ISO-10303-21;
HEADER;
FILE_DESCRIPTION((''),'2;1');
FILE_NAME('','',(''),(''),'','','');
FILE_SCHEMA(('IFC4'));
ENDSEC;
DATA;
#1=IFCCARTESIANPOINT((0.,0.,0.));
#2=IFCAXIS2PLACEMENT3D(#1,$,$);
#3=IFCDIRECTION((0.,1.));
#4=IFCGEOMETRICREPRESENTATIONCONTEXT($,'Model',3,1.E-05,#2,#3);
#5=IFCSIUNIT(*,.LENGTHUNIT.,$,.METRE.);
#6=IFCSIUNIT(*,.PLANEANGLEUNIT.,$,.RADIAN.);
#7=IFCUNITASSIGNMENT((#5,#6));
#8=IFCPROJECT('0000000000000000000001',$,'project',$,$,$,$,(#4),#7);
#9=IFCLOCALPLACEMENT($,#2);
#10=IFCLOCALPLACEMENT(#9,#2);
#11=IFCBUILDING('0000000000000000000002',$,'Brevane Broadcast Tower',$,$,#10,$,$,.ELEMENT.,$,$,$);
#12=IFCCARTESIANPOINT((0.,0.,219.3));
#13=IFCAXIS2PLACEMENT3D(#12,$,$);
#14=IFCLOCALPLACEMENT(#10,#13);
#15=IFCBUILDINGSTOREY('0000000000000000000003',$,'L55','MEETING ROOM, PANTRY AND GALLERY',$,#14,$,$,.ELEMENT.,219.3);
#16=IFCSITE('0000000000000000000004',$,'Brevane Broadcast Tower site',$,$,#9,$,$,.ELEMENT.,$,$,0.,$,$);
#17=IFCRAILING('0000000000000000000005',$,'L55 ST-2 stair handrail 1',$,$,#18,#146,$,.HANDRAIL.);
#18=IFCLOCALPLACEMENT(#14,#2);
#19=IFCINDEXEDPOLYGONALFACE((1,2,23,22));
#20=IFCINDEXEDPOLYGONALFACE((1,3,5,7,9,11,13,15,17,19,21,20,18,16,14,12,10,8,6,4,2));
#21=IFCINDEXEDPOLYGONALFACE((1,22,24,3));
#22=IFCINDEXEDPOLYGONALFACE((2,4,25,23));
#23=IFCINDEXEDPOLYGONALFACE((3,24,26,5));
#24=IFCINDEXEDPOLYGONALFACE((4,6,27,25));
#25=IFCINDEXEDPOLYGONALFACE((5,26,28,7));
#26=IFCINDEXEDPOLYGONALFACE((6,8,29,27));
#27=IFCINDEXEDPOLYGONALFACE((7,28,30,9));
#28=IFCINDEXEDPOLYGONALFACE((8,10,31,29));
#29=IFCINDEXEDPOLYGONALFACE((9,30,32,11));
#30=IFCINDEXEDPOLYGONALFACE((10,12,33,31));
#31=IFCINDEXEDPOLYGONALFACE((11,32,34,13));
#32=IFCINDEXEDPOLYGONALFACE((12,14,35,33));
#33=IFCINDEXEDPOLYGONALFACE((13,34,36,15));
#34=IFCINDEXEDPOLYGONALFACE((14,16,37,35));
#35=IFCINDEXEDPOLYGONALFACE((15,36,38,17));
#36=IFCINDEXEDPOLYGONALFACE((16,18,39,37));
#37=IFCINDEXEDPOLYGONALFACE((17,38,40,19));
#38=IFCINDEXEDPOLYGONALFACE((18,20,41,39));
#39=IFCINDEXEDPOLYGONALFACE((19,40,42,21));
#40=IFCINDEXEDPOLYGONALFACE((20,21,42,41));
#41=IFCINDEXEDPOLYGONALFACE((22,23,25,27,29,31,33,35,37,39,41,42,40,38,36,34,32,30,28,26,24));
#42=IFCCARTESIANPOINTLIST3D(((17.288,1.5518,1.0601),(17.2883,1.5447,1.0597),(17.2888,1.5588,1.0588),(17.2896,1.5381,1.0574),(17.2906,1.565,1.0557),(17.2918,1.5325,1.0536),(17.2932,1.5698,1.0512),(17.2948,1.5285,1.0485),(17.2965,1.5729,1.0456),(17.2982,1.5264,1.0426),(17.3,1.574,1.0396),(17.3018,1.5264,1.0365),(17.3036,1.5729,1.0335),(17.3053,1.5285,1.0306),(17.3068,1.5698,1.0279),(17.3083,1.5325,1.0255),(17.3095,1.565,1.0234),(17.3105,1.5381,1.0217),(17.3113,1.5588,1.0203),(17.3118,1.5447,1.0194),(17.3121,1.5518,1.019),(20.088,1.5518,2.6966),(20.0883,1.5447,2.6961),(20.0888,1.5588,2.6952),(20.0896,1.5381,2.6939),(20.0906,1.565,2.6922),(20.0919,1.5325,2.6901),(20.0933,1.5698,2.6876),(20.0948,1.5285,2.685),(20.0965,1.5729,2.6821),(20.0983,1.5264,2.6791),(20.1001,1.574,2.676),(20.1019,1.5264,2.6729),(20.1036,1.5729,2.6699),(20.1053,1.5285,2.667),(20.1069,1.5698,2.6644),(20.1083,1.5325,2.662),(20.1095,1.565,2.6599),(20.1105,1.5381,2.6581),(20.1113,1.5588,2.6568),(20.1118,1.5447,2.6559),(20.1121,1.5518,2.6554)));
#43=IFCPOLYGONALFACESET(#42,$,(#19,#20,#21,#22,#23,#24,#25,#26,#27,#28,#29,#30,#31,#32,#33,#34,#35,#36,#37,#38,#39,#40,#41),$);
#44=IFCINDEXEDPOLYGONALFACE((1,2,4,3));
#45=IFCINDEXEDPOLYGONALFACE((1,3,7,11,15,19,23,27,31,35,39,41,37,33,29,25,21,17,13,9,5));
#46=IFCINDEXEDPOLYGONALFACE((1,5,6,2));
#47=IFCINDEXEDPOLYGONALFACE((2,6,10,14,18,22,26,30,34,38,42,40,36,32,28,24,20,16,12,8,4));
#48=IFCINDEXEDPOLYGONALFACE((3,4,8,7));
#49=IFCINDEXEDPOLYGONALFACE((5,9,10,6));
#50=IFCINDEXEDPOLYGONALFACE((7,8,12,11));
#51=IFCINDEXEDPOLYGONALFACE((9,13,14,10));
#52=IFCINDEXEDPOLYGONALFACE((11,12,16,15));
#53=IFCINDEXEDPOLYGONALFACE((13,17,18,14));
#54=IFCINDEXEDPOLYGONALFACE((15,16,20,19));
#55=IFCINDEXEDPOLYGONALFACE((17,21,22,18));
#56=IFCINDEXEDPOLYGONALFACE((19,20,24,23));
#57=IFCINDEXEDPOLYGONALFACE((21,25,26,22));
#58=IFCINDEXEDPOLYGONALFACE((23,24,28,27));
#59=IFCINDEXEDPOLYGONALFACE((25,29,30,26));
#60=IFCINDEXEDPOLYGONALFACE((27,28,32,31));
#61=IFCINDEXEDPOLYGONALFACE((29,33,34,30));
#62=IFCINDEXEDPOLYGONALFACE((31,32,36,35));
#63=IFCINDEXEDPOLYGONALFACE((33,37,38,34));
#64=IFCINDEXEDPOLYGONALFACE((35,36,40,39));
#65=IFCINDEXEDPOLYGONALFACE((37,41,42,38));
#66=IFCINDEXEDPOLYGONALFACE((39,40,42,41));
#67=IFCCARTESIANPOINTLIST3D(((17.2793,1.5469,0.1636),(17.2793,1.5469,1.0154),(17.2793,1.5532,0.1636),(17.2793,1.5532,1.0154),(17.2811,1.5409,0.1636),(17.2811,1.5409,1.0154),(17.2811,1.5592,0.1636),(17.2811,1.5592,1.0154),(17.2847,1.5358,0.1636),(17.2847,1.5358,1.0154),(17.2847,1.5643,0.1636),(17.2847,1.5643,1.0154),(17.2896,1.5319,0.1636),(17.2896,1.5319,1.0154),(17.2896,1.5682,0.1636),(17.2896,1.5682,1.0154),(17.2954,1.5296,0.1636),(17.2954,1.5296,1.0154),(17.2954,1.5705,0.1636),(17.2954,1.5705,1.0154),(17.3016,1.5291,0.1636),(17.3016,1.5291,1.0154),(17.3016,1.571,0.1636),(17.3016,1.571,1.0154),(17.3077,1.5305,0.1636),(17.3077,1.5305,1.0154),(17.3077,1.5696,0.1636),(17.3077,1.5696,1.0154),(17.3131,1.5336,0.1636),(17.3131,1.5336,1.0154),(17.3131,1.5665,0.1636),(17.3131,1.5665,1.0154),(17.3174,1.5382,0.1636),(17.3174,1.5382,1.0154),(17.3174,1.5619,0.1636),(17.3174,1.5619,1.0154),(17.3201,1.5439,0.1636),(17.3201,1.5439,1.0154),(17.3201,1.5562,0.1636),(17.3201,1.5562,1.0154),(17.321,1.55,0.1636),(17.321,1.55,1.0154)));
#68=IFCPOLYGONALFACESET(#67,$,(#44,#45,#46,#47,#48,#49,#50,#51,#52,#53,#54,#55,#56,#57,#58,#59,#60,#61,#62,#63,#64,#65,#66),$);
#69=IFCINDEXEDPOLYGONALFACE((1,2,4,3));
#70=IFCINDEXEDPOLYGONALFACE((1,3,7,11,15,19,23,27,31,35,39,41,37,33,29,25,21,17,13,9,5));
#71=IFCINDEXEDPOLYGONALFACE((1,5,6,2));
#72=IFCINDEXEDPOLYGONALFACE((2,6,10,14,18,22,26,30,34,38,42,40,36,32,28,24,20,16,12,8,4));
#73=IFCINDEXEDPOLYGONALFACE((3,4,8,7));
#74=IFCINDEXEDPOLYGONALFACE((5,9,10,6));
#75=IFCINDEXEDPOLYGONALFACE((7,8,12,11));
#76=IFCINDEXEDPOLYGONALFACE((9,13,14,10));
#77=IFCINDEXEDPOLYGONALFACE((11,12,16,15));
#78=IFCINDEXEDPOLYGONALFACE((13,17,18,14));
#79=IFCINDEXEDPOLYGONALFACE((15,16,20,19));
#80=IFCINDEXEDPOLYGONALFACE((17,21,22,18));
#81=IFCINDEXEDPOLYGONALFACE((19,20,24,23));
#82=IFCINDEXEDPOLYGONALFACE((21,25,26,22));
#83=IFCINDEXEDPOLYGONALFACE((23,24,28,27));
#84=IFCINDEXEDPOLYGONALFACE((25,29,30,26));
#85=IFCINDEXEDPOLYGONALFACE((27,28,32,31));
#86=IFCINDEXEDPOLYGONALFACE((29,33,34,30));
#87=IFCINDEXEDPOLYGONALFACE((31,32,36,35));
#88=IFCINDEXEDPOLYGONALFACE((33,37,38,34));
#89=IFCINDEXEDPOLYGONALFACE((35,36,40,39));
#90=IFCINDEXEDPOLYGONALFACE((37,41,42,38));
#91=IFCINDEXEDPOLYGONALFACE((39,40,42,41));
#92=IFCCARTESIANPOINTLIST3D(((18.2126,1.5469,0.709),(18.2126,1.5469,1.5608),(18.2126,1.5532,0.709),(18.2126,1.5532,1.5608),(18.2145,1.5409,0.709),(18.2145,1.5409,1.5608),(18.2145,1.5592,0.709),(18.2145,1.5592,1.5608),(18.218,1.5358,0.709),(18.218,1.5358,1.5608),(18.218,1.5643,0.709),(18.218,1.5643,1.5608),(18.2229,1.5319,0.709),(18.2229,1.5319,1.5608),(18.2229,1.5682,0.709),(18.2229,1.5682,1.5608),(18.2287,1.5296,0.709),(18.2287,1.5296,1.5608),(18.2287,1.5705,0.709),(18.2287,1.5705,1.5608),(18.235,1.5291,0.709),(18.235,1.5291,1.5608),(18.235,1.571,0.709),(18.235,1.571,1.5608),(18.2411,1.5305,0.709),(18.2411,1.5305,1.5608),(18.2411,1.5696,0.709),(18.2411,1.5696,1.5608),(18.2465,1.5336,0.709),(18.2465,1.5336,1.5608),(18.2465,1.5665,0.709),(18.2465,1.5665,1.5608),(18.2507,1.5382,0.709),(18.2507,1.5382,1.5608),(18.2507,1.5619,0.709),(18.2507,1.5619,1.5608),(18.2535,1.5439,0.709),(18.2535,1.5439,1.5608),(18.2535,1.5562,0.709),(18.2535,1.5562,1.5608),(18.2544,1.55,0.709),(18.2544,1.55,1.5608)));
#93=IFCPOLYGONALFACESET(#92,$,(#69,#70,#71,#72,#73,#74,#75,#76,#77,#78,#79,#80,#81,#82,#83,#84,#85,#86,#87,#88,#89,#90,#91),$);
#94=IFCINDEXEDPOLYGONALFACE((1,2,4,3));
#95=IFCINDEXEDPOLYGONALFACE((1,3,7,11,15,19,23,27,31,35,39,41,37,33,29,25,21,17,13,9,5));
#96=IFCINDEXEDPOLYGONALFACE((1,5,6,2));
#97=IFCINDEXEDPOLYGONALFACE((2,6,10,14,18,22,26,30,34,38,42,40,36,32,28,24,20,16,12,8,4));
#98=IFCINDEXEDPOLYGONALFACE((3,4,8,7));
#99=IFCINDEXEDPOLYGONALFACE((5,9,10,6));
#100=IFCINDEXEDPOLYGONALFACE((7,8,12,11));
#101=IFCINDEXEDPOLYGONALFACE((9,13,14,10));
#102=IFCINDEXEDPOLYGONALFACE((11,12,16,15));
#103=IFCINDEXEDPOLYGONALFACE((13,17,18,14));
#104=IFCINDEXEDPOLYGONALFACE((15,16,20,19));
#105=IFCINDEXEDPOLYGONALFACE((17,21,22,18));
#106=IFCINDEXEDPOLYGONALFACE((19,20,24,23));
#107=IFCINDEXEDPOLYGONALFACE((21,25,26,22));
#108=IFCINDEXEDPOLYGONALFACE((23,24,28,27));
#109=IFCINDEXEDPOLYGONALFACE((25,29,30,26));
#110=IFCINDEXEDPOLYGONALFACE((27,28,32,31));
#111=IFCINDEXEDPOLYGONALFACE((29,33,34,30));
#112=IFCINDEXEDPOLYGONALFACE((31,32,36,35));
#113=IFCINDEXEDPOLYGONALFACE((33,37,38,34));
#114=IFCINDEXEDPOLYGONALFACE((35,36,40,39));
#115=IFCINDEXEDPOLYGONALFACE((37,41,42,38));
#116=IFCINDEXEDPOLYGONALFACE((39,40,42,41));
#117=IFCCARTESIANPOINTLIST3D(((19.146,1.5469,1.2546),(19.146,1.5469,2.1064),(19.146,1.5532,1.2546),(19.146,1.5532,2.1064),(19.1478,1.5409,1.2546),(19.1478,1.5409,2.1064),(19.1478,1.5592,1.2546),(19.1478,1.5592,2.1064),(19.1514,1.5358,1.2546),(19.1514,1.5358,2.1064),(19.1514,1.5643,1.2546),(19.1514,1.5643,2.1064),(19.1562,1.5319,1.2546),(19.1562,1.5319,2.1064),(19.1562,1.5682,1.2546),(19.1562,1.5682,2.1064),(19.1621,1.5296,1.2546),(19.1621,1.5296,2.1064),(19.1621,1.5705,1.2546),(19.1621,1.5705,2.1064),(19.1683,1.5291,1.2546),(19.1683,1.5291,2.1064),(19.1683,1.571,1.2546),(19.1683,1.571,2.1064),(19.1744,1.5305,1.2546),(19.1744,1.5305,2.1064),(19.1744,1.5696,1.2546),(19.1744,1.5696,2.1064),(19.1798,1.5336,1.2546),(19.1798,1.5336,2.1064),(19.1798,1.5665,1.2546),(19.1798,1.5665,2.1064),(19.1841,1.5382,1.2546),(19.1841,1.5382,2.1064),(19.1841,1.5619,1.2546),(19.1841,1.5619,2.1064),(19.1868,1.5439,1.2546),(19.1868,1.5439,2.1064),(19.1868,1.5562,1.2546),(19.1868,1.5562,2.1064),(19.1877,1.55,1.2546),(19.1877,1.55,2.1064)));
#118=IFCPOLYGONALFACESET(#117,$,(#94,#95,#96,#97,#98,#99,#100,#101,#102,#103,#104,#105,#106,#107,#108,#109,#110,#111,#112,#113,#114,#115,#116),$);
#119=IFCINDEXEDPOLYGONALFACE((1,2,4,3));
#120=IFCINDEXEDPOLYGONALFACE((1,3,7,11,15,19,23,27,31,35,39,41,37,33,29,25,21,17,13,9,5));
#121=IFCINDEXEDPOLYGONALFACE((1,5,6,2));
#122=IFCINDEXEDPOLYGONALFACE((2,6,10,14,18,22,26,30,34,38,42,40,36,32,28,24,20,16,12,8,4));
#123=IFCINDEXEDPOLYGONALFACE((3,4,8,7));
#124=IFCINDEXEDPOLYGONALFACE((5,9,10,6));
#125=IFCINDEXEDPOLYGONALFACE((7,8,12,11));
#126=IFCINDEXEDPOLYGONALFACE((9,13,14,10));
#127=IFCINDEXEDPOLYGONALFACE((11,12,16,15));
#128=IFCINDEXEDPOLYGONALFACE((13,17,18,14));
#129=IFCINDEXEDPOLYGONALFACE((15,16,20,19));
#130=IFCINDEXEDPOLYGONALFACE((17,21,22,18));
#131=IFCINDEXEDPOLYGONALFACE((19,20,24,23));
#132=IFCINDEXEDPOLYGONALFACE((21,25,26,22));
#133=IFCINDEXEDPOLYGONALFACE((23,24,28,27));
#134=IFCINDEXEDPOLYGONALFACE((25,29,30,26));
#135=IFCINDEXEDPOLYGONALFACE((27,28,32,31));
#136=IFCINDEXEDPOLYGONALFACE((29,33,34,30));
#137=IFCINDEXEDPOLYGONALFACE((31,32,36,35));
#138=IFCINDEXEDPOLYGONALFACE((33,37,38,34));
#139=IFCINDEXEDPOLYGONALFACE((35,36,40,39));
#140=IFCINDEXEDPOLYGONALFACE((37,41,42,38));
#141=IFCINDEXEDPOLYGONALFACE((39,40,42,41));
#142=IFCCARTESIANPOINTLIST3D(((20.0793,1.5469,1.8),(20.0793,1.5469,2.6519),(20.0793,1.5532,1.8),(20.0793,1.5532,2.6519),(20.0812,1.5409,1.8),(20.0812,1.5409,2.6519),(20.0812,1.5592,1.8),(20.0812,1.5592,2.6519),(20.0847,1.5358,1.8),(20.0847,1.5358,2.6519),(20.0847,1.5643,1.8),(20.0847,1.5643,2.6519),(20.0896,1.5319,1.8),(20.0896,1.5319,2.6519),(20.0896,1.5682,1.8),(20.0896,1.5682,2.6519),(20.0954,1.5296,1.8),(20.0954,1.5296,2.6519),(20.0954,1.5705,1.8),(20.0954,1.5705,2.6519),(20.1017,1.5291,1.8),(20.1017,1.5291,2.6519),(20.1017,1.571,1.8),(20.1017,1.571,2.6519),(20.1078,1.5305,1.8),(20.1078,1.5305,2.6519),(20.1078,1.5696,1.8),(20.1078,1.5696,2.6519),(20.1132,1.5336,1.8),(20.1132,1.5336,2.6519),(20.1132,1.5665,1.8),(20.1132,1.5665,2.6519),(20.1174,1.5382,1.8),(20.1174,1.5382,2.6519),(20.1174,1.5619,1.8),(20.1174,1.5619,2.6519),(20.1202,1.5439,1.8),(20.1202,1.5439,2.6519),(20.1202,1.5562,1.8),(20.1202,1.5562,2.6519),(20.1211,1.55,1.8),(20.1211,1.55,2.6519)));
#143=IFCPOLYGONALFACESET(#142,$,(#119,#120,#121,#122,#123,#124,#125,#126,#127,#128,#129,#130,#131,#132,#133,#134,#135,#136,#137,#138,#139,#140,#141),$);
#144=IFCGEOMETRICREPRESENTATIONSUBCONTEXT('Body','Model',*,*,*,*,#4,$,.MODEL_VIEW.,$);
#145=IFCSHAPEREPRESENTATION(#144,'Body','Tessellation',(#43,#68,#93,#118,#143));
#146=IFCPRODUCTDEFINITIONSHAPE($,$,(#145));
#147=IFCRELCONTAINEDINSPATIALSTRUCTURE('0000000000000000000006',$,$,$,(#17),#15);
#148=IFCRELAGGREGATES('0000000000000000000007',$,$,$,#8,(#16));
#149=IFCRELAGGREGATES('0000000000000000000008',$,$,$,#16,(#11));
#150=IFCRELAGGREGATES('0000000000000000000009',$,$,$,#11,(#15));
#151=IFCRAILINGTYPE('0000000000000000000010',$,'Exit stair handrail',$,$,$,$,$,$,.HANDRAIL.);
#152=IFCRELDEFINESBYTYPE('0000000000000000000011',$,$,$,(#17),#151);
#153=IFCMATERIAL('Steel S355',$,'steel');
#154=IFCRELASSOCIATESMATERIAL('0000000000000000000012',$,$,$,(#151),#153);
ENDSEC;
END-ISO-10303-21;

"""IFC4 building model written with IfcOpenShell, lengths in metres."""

from ifc_helpers import new_model, si_unit, direction, frame, origin, origin_2d, place, context, subcontext, project, spatial, circle, extrude, material, type_object, element, save


model = new_model("IFC4")

# Units and contexts
model_context = context("Model", 3, precision=1e-05, world=origin(), true_north=direction((0.0, 1.0)))
body_context = subcontext(model_context, "Body", "Model", "MODEL_VIEW")
ifc_project = project(units=[si_unit("LENGTHUNIT", "METRE"), si_unit("PLANEANGLEUNIT", "RADIAN")], contexts=[model_context])

# Site, building, storey
site_placement = place(None, origin())
site = spatial("IfcSite", under=ifc_project, at=site_placement, Name="Brevane Broadcast Tower site", CompositionType="ELEMENT", RefElevation=0.0)
building_placement = place(site_placement, origin())
building = spatial("IfcBuilding", under=site, at=building_placement, Name="Brevane Broadcast Tower", CompositionType="ELEMENT")
storey_placement = place(building_placement, frame((0.0, 0.0, 219.3)))
storey = spatial("IfcBuildingStorey", under=building, at=storey_placement, Name="L55", Description="MEETING ROOM, PANTRY AND GALLERY", CompositionType="ELEMENT", Elevation=219.3)

# Railing
ifc_material_1 = material(Name="Steel S355", Category="steel")
railing_type_1 = type_object("IfcRailingType", Name="Exit stair handrail", PredefinedType="HANDRAIL", material=ifc_material_1)
railing_1_placement = place(storey_placement, frame((17.3, 1.55, 0.1636)))
element("IfcRailing", 1, at=railing_1_placement, inside=storey, type_object=railing_type_1, Name="L55 ST-2 stair handrail 1", PredefinedType="HANDRAIL", context=body_context, shape_type="SweptSolid", body=[
    extrude(circle(Radius=0.0239, at=origin_2d()), frame((0.0, 0.0, 0.876), z_axis=(0.863361, 0.0, 0.504587), x_axis=(0.0, 1.0, 0.0)), (0.0, 0.0, 1.0), 3.2432),
    extrude(circle(Radius=0.021, at=origin_2d()), origin(), (0.0, 0.0, 1.0), 0.8518),
    extrude(circle(Radius=0.021, at=origin_2d()), frame((0.9333, 0.0, 0.5454)), (0.0, 0.0, 1.0), 0.8518),
    extrude(circle(Radius=0.021, at=origin_2d()), frame((1.8667, 0.0, 1.0911)), (0.0, 0.0, 1.0), 0.8518),
    extrude(circle(Radius=0.021, at=origin_2d()), frame((2.8, 0.0, 1.6365)), (0.0, 0.0, 1.0), 0.8518),
])

save(model, "model.ifc")
